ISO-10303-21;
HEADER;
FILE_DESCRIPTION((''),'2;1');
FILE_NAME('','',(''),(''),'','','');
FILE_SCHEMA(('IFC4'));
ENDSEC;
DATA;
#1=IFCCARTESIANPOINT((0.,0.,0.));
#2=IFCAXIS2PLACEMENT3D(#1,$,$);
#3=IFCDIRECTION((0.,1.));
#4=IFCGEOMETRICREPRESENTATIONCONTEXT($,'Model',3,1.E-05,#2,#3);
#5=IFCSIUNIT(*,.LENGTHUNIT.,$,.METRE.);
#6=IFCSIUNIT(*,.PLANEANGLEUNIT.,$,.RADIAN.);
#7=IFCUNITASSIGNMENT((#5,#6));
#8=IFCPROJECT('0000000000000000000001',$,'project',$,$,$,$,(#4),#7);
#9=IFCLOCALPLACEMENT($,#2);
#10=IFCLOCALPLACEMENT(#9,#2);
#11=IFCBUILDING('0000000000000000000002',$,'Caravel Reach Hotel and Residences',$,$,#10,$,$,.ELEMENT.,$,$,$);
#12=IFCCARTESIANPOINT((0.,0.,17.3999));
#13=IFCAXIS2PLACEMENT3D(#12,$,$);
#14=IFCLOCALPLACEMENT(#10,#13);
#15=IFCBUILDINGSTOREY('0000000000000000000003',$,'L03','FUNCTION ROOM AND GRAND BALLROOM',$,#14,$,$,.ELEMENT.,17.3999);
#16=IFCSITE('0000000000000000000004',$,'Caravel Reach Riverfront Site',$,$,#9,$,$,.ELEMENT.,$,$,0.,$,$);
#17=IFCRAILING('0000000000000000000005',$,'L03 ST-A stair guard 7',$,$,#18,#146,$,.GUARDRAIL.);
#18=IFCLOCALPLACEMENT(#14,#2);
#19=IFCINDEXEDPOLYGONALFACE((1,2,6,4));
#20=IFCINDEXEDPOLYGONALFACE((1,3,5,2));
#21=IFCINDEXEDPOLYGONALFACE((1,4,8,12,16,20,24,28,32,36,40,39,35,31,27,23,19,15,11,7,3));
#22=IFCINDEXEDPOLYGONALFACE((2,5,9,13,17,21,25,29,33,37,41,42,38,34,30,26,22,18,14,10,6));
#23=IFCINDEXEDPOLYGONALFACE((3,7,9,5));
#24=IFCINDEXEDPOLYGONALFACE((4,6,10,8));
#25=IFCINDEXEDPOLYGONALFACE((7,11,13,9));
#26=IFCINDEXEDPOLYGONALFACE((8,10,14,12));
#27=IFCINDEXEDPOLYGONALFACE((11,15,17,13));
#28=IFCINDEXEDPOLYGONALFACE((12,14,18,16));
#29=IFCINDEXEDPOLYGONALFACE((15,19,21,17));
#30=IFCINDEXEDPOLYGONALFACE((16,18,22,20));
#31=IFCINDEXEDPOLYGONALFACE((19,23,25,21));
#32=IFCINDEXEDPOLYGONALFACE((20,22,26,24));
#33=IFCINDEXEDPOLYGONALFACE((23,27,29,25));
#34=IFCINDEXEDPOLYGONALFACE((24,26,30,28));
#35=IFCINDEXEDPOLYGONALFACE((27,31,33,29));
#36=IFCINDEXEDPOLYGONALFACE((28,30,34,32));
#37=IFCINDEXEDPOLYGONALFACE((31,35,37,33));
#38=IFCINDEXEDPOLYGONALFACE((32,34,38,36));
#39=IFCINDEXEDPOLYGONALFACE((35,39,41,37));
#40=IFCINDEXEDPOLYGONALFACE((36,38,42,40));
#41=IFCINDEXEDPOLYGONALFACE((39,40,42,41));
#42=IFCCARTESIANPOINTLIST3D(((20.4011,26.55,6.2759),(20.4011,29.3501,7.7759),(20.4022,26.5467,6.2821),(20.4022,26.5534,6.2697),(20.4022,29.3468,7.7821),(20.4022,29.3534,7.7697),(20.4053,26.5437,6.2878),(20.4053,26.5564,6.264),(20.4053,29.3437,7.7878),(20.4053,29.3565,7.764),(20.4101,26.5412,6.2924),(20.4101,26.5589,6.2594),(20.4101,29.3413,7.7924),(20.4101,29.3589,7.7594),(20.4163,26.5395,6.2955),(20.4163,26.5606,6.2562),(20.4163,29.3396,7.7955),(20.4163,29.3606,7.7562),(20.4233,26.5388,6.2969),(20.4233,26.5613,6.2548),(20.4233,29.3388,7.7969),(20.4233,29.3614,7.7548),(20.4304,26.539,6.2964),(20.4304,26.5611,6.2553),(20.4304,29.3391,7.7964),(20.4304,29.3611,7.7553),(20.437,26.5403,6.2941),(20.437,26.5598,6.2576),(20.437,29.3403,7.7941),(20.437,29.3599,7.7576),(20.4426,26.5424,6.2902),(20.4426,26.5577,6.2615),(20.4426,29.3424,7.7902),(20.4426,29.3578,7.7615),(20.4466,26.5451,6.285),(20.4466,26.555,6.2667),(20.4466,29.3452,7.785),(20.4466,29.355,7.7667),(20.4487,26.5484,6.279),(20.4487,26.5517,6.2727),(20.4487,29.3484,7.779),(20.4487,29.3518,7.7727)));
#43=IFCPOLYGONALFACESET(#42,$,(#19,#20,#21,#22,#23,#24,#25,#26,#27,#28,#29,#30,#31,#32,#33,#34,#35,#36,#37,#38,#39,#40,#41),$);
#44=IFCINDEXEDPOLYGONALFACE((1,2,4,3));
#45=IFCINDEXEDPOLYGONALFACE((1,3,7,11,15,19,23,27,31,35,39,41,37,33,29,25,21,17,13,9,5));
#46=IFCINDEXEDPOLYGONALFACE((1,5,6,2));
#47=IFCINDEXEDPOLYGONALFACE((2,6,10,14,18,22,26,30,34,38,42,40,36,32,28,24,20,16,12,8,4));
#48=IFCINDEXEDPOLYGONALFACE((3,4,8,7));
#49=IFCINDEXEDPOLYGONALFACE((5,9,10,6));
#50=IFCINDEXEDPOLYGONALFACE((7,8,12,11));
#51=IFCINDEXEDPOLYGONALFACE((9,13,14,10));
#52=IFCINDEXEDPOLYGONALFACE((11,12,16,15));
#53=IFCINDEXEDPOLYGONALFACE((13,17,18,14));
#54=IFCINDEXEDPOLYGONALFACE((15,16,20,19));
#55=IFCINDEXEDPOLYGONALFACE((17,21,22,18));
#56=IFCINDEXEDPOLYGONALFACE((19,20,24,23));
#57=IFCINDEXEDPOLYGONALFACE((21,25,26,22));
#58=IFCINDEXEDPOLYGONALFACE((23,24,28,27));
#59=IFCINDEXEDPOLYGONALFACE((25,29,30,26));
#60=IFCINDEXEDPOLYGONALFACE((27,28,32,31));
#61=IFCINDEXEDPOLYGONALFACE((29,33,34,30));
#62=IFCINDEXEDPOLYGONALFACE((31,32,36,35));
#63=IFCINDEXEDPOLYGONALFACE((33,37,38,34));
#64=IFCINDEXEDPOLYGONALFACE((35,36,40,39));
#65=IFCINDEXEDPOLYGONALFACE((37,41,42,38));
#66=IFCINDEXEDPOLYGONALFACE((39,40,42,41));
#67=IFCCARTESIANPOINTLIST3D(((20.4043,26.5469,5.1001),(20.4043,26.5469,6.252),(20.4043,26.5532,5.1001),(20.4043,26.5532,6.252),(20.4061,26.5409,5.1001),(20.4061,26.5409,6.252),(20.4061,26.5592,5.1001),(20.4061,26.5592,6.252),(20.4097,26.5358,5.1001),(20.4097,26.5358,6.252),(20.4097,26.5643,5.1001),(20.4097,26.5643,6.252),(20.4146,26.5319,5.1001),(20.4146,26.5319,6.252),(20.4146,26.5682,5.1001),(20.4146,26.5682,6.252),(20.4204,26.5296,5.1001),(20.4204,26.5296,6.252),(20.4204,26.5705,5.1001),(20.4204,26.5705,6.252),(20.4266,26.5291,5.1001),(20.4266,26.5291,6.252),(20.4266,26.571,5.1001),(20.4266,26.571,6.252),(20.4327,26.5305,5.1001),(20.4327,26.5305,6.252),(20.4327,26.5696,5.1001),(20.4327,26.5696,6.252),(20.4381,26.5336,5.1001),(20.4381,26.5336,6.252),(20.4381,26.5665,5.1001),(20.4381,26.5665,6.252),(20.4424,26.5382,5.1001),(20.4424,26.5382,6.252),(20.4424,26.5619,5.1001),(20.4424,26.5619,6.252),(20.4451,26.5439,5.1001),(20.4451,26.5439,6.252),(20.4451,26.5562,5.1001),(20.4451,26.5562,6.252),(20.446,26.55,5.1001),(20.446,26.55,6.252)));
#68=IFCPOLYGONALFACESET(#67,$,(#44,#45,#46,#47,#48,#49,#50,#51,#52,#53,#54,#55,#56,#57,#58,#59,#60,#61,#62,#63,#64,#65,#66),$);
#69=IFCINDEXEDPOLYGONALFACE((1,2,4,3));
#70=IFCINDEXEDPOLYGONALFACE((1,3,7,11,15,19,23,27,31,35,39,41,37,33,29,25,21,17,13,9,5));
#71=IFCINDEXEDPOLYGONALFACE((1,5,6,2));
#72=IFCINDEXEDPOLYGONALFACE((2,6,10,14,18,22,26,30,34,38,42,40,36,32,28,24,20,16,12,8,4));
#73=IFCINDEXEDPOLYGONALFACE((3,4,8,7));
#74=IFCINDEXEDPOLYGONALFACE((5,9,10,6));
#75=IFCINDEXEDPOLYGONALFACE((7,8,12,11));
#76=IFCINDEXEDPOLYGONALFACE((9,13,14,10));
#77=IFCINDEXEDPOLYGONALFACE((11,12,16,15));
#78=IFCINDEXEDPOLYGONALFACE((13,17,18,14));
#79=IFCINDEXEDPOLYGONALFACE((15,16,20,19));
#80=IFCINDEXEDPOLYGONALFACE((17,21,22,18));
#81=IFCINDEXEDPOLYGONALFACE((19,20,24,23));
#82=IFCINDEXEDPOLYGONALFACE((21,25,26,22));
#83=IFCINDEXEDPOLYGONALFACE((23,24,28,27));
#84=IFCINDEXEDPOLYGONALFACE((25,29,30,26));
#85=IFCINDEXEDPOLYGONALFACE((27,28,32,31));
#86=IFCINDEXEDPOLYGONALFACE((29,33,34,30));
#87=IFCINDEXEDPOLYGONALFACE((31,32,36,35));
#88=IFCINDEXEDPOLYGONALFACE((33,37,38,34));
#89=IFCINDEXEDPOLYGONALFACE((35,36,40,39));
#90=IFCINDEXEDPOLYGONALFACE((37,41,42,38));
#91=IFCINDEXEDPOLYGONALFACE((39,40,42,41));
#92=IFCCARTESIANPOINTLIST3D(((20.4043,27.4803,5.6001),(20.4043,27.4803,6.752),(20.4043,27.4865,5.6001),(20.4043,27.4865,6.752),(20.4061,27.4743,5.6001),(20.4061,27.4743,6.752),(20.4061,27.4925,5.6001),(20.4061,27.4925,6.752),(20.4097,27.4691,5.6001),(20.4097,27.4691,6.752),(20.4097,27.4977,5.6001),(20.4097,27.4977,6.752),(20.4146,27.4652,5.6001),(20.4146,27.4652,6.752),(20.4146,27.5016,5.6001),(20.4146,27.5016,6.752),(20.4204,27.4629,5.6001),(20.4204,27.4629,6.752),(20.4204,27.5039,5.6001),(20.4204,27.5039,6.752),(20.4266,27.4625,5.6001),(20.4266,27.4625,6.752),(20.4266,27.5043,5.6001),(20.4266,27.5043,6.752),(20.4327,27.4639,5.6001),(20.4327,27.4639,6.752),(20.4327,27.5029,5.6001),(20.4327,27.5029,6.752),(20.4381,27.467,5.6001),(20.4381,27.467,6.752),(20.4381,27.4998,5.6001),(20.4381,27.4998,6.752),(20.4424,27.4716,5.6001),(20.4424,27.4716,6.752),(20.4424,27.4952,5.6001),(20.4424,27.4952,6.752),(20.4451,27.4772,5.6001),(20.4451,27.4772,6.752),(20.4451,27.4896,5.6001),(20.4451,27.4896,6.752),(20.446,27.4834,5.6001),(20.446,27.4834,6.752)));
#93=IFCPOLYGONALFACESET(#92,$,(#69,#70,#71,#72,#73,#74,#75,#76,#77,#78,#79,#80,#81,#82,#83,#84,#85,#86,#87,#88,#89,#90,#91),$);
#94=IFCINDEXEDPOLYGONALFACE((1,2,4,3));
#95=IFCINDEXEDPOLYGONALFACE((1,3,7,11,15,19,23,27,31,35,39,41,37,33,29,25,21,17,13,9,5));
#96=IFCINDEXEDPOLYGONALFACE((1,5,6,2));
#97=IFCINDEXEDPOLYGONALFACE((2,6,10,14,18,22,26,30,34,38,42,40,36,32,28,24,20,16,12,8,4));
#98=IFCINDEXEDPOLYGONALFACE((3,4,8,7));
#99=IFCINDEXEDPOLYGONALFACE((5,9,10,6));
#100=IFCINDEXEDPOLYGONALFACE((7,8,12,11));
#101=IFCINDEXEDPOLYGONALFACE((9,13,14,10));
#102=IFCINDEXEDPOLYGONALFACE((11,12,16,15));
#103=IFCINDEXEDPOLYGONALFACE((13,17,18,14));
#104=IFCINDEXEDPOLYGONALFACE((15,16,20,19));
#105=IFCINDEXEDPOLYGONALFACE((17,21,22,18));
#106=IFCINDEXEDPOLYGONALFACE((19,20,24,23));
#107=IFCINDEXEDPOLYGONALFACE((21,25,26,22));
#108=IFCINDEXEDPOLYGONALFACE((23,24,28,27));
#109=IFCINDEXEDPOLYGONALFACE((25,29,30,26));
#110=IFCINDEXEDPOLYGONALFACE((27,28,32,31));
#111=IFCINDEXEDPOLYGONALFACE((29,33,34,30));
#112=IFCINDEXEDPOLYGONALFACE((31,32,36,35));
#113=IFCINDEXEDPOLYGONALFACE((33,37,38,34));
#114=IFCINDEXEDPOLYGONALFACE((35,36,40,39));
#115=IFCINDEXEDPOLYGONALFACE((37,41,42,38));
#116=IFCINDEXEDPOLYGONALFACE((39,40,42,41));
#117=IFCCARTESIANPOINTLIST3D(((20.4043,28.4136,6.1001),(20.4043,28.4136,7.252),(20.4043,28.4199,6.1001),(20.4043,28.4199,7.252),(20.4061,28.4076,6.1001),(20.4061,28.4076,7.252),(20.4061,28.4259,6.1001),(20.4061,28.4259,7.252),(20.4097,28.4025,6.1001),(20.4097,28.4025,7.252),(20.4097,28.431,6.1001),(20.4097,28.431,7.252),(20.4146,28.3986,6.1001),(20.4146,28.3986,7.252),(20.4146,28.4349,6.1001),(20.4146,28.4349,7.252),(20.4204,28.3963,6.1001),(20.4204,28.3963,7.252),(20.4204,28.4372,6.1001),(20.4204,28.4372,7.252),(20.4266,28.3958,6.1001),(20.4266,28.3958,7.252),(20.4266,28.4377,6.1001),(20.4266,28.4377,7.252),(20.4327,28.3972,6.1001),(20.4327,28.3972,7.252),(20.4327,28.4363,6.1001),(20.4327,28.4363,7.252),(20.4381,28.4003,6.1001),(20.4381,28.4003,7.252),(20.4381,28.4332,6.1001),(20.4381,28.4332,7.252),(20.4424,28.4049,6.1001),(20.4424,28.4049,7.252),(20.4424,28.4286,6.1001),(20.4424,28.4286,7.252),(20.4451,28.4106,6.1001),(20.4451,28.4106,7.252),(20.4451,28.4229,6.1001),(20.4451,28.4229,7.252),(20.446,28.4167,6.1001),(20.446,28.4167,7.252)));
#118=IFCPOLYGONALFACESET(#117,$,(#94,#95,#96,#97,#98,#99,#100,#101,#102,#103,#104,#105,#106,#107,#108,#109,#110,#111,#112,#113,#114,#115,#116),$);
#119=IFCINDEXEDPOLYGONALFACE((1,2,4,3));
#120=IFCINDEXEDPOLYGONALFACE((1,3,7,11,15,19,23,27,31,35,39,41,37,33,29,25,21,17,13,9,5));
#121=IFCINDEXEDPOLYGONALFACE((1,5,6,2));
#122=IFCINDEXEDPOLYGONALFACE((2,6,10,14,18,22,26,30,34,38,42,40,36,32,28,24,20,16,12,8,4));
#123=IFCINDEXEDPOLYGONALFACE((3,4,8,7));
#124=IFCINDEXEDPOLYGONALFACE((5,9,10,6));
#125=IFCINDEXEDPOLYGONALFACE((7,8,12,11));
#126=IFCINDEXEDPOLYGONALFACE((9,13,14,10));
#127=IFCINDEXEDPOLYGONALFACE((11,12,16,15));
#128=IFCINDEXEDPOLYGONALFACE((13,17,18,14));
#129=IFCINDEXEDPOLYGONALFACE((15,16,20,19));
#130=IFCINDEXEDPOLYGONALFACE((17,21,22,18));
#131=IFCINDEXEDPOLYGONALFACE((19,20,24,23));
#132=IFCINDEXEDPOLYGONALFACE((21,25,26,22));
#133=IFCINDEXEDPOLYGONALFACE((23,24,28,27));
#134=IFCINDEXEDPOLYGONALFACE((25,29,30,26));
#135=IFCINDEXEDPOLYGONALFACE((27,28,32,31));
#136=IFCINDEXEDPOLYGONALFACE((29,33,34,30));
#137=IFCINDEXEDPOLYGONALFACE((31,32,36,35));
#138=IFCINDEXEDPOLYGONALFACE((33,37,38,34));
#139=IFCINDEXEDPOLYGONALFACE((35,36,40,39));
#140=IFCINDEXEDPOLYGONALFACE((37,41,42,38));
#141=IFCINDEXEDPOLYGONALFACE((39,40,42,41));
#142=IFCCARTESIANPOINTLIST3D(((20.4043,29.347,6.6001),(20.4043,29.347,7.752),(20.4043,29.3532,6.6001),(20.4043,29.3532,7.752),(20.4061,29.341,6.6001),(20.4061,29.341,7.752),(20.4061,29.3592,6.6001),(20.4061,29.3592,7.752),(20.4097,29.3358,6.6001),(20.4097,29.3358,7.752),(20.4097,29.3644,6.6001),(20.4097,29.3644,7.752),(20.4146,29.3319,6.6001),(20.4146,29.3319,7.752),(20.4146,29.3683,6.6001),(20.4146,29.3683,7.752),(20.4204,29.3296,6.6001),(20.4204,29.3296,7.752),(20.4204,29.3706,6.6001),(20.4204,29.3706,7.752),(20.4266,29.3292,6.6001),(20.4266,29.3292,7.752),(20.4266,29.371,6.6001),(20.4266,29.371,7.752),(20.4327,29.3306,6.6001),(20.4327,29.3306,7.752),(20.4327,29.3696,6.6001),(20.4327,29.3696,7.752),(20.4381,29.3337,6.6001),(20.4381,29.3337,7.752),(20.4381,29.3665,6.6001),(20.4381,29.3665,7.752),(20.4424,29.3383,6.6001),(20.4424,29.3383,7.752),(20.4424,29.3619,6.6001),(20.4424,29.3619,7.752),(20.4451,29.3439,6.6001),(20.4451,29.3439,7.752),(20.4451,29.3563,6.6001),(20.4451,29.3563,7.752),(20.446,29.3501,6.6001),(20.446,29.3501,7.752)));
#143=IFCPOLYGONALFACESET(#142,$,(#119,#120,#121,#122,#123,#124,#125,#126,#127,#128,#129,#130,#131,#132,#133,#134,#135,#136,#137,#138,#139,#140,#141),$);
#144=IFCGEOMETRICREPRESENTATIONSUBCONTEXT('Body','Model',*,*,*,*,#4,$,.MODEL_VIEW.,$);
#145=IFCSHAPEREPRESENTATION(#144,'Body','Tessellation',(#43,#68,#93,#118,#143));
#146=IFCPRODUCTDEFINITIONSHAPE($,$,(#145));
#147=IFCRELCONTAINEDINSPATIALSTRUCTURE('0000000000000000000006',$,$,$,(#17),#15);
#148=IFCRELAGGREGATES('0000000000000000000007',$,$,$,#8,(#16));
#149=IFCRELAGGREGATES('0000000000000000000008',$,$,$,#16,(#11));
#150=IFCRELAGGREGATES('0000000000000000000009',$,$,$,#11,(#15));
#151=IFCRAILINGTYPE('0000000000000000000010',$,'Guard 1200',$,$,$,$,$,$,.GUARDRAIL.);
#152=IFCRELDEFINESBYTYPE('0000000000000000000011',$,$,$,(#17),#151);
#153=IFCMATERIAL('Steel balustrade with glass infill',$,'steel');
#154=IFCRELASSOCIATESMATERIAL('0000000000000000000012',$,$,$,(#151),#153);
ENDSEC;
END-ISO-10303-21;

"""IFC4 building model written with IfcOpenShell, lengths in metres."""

from ifc_helpers import new_model, si_unit, direction, frame, origin, origin_2d, place, context, subcontext, project, spatial, circle, extrude, material, type_object, element, save


model = new_model("IFC4")

# Units and contexts
model_context = context("Model", 3, precision=1e-05, world=origin(), true_north=direction((0.0, 1.0)))
body_context = subcontext(model_context, "Body", "Model", "MODEL_VIEW")
ifc_project = project(units=[si_unit("LENGTHUNIT", "METRE"), si_unit("PLANEANGLEUNIT", "RADIAN")], contexts=[model_context])

# Site, building, storey
site_placement = place(None, origin())
site = spatial("IfcSite", under=ifc_project, at=site_placement, Name="Caravel Reach Riverfront Site", CompositionType="ELEMENT", RefElevation=0.0)
building_placement = place(site_placement, origin())
building = spatial("IfcBuilding", under=site, at=building_placement, Name="Caravel Reach Hotel and Residences", CompositionType="ELEMENT")
storey_placement = place(building_placement, frame((0.0, 0.0, 17.3999)))
storey = spatial("IfcBuildingStorey", under=building, at=storey_placement, Name="L03", Description="FUNCTION ROOM AND GRAND BALLROOM", CompositionType="ELEMENT", Elevation=17.3999)

# Railing
ifc_material_1 = material(Name="Steel balustrade with glass infill", Category="steel")
railing_type_1 = type_object("IfcRailingType", Name="Guard 1200", PredefinedType="GUARDRAIL", material=ifc_material_1)
railing_1_placement = place(storey_placement, frame((20.425, 26.55, 5.1001)))
element("IfcRailing", 1, at=railing_1_placement, inside=storey, type_object=railing_type_1, Name="L03 ST-A stair guard 7", PredefinedType="GUARDRAIL", context=body_context, shape_type="SweptSolid", body=[
    extrude(circle(Radius=0.0239, at=origin_2d()), frame((0.0, 0.0, 1.1758), z_axis=(0.0, 0.881483, 0.472215), x_axis=(-1.0, 0.0, 0.0)), (0.0, 0.0, 1.0), 3.1765),
    extrude(circle(Radius=0.021, at=origin_2d()), origin(), (0.0, 0.0, 1.0), 1.1519),
    extrude(circle(Radius=0.021, at=origin_2d()), frame((0.0, 0.9333, 0.5)), (0.0, 0.0, 1.0), 1.1519),
    extrude(circle(Radius=0.021, at=origin_2d()), frame((0.0, 1.8667, 1.0)), (0.0, 0.0, 1.0), 1.1519),
    extrude(circle(Radius=0.021, at=origin_2d()), frame((0.0, 2.8, 1.5)), (0.0, 0.0, 1.0), 1.1519),
])

save(model, "model.ifc")
